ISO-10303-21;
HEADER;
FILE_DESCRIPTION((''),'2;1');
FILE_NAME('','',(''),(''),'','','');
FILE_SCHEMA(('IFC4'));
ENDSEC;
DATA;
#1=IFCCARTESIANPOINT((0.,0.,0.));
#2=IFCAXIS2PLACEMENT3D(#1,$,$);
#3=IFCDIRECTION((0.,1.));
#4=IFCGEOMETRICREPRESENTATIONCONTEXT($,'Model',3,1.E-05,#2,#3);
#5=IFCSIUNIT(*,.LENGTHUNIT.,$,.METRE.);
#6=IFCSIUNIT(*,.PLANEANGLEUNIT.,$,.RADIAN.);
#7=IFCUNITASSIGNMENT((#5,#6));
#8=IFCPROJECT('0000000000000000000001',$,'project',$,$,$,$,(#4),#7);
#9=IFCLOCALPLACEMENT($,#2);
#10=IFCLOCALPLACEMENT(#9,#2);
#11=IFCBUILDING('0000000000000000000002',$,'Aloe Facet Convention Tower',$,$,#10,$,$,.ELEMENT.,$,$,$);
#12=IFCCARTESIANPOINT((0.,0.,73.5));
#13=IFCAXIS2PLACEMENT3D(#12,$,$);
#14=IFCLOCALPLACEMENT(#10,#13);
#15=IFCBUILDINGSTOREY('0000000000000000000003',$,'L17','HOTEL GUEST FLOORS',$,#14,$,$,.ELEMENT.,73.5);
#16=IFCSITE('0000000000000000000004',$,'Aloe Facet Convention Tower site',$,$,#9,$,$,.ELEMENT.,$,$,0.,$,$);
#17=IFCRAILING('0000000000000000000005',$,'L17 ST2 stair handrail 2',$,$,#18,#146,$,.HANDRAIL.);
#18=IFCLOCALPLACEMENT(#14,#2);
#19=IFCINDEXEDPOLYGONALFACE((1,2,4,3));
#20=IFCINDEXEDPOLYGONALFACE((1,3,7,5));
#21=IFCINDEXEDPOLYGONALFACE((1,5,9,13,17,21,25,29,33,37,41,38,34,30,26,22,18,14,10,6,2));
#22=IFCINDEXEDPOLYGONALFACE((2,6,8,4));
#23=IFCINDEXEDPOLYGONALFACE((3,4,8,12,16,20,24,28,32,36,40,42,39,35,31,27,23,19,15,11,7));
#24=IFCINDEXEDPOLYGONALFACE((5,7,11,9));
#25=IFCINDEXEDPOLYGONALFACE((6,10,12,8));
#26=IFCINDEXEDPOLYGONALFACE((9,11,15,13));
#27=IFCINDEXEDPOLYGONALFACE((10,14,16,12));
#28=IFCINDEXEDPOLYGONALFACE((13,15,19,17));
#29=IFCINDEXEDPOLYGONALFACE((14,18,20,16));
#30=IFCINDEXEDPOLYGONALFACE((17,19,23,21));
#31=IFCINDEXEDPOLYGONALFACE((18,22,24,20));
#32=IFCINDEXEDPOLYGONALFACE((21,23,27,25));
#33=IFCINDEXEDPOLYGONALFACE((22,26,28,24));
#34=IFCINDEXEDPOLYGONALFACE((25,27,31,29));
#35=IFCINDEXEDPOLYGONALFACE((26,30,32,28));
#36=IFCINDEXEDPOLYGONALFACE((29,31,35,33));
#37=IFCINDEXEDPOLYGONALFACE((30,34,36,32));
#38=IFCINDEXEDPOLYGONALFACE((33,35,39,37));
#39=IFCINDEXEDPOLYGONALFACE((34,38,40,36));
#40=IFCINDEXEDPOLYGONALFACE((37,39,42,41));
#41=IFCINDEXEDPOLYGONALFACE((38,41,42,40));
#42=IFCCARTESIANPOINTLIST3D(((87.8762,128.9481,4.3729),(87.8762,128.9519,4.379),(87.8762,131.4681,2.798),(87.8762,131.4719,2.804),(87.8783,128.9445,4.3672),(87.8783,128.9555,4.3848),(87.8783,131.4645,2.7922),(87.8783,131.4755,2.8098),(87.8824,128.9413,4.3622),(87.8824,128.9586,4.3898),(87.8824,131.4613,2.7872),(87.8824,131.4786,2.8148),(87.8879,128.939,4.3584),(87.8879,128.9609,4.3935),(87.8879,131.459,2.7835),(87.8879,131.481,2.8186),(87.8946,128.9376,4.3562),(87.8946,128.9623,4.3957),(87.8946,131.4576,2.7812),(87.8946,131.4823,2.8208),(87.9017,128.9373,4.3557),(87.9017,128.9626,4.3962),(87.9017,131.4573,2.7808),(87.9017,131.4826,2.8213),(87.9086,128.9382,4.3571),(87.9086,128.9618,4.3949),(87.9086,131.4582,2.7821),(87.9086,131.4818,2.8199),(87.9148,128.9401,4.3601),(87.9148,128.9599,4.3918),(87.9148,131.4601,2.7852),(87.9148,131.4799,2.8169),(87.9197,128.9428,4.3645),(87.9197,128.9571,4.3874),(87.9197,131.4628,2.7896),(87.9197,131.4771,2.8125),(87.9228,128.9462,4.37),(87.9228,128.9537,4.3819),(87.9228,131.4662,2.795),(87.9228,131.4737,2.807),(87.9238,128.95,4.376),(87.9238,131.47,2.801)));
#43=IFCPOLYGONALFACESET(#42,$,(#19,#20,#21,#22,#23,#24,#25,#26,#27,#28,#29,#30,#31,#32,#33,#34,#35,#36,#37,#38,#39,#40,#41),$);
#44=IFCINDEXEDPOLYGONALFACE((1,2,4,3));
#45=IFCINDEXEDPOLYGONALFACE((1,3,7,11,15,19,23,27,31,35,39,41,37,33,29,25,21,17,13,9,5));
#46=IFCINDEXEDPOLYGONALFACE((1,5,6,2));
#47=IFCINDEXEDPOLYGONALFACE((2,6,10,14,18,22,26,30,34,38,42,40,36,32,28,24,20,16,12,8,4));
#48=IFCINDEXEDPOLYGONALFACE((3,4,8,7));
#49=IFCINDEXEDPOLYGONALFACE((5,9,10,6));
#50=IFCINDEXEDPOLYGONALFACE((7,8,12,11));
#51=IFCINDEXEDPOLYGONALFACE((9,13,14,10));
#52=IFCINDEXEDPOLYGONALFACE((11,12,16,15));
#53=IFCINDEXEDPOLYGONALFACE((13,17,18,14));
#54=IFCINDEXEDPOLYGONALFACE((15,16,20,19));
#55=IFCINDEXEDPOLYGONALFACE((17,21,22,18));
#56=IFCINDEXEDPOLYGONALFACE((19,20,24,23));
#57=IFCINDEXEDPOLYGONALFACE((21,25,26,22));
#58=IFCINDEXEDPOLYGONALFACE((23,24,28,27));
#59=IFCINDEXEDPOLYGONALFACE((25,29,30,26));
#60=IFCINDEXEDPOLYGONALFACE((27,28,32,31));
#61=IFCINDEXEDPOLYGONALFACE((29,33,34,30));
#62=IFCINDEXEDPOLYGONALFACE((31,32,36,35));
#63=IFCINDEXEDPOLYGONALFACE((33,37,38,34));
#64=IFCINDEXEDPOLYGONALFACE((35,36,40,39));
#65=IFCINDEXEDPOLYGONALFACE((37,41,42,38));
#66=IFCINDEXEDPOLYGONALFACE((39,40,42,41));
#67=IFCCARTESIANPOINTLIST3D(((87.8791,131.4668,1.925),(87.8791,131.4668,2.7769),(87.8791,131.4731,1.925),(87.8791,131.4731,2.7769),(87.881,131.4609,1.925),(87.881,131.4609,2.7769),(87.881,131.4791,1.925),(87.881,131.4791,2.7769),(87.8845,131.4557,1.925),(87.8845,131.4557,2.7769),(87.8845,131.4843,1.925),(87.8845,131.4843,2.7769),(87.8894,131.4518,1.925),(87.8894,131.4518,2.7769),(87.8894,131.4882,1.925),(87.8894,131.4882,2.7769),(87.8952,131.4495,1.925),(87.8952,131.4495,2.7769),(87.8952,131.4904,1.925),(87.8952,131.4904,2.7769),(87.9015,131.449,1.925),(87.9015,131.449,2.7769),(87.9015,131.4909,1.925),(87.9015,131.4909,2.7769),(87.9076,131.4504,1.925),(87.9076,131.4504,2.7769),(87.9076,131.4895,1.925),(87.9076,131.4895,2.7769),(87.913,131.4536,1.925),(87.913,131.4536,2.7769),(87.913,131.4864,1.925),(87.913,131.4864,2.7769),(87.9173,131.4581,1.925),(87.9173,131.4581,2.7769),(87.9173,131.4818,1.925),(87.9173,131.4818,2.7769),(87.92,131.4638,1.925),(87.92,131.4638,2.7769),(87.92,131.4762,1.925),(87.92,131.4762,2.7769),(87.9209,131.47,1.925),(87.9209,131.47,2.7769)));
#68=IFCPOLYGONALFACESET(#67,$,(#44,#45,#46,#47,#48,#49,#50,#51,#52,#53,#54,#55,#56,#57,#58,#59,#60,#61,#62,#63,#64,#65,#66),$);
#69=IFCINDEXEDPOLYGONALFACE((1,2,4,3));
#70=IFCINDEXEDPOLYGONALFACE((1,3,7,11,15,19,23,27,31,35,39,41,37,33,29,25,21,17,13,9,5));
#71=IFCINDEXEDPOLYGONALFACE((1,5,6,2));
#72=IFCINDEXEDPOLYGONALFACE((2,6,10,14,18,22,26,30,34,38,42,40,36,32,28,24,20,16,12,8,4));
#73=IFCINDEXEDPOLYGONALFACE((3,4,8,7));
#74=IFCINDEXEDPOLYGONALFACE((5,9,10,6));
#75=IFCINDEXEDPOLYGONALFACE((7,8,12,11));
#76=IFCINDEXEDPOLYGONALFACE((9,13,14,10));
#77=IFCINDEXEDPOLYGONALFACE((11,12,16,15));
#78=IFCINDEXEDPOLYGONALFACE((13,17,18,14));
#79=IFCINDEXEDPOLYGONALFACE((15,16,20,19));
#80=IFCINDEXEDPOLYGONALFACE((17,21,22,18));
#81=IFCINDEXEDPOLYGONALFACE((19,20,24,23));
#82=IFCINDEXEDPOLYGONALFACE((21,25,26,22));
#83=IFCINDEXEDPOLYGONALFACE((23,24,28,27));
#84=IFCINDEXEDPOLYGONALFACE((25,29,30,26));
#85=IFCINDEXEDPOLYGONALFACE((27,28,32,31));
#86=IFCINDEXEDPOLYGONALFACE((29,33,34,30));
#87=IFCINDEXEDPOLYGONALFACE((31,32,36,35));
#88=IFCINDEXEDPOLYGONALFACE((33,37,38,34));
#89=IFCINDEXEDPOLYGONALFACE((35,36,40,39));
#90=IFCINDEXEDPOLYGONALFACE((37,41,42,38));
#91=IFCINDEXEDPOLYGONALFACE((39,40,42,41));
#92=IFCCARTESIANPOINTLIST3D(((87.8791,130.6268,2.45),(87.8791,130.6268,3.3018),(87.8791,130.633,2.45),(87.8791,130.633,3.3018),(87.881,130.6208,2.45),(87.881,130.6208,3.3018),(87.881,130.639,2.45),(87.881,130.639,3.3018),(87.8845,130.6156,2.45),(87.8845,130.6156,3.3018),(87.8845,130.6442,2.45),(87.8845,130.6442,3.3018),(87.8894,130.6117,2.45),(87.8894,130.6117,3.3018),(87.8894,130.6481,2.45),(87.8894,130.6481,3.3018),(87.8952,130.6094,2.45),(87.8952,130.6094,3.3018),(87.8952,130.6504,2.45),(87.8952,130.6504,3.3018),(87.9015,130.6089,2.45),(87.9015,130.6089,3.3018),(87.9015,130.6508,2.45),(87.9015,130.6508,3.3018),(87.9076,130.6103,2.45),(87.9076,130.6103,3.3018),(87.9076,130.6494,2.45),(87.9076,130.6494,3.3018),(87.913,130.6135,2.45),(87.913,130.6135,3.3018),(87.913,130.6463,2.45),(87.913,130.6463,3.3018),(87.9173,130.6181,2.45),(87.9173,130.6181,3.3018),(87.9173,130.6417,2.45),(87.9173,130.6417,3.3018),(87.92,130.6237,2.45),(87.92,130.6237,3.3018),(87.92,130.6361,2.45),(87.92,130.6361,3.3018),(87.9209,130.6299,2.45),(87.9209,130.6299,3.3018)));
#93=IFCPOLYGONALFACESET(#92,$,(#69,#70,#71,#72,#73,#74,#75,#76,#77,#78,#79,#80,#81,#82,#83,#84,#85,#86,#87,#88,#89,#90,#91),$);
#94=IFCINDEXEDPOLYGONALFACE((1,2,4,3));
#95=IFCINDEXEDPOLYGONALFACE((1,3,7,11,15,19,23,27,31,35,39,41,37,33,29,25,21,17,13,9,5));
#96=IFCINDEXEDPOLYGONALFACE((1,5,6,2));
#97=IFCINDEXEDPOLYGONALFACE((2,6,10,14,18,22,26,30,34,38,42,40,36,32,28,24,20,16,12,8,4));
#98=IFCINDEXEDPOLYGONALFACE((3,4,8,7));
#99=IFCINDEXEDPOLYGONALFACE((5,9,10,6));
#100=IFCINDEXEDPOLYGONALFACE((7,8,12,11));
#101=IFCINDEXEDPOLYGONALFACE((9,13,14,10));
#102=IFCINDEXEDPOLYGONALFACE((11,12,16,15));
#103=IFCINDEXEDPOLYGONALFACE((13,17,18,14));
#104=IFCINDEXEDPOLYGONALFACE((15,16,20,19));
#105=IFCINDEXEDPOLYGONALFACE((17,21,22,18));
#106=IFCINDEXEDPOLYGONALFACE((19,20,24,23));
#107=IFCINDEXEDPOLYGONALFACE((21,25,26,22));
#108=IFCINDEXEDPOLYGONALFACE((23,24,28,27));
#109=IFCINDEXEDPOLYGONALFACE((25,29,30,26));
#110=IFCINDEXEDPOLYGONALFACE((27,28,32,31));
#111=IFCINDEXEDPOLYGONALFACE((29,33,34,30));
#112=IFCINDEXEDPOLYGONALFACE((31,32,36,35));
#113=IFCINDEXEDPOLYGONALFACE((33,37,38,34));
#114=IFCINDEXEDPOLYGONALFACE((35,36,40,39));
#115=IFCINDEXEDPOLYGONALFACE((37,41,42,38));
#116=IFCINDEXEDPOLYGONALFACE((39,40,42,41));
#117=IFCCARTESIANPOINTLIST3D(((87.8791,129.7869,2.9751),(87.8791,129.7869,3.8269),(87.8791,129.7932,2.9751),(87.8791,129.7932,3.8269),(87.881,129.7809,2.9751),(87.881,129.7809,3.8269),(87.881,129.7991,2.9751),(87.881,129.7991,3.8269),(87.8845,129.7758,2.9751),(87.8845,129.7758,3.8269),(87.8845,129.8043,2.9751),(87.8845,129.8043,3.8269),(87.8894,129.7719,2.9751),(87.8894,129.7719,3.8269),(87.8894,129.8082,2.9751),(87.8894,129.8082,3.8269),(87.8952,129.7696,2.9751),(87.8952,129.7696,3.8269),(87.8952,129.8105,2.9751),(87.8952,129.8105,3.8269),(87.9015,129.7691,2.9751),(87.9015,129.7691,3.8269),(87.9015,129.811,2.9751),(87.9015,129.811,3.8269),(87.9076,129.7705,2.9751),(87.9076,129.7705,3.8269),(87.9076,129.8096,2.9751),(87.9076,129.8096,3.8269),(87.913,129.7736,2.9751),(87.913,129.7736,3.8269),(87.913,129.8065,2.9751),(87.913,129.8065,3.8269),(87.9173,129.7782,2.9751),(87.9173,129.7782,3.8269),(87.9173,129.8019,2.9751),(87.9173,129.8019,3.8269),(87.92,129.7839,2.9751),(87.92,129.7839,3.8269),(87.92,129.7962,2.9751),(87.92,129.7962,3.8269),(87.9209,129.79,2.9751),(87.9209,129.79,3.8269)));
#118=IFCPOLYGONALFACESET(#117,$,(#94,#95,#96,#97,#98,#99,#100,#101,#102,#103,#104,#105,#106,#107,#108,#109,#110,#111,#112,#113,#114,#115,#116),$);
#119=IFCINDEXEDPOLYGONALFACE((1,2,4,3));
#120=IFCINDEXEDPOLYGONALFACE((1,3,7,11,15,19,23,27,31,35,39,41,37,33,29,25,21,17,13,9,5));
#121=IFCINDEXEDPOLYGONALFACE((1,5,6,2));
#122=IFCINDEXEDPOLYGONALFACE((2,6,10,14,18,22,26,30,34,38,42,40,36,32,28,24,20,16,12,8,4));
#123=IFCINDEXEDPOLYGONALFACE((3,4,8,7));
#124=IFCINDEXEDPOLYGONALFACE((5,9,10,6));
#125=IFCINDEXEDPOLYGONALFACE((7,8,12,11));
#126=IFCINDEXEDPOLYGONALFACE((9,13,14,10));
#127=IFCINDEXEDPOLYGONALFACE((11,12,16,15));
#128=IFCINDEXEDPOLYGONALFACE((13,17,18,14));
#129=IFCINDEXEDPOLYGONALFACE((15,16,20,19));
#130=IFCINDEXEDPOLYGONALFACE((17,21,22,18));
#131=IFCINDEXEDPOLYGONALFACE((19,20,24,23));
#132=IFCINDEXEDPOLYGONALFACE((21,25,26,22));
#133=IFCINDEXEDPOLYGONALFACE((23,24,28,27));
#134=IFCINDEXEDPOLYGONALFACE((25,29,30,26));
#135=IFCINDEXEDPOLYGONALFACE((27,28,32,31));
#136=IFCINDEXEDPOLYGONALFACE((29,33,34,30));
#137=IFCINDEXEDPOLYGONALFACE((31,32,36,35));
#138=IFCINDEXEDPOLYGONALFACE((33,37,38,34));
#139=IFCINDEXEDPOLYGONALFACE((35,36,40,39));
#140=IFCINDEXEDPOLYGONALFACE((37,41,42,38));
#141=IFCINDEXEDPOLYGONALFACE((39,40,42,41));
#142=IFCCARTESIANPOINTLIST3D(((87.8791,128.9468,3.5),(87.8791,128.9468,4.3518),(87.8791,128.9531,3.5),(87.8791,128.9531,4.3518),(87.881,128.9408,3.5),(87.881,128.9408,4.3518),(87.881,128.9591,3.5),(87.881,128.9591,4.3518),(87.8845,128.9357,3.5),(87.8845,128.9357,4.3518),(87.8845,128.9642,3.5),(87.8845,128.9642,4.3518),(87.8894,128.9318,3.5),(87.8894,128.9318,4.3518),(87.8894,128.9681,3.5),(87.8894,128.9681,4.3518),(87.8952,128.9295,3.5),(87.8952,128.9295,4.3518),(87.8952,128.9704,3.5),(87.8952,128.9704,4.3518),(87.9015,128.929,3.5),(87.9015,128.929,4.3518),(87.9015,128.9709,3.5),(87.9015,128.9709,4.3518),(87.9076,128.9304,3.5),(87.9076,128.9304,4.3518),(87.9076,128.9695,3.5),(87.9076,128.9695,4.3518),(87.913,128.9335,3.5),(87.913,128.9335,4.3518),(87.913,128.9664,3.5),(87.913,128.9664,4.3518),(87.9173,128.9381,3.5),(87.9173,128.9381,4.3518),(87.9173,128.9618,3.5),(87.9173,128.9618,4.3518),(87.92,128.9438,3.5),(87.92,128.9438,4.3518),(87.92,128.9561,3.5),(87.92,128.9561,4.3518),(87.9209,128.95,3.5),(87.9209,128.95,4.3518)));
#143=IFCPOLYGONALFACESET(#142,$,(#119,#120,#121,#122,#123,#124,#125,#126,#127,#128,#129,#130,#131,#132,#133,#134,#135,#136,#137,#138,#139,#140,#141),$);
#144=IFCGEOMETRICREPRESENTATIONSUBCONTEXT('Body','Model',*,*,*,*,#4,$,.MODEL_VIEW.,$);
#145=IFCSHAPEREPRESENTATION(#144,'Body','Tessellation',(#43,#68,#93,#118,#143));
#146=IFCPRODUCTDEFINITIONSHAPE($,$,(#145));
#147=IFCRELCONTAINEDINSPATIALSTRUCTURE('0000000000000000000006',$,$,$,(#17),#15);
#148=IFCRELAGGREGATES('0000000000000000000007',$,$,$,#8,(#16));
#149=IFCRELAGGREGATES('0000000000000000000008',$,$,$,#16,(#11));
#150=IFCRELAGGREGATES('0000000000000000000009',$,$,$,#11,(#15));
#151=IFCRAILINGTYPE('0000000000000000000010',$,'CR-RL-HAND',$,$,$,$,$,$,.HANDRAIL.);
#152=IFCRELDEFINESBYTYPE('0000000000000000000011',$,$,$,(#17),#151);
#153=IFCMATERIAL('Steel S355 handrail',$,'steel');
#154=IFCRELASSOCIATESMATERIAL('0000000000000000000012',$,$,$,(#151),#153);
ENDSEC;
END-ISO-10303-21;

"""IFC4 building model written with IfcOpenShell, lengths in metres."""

from ifc_helpers import new_model, si_unit, direction, frame, origin, origin_2d, place, context, subcontext, project, spatial, circle, extrude, material, type_object, element, save


model = new_model("IFC4")

# Units and contexts
model_context = context("Model", 3, precision=1e-05, world=origin(), true_north=direction((0.0, 1.0)))
body_context = subcontext(model_context, "Body", "Model", "MODEL_VIEW")
ifc_project = project(units=[si_unit("LENGTHUNIT", "METRE"), si_unit("PLANEANGLEUNIT", "RADIAN")], contexts=[model_context])

# Site, building, storey
site_placement = place(None, origin())
site = spatial("IfcSite", under=ifc_project, at=site_placement, Name="Aloe Facet Convention Tower site", CompositionType="ELEMENT", RefElevation=0.0)
building_placement = place(site_placement, origin())
building = spatial("IfcBuilding", under=site, at=building_placement, Name="Aloe Facet Convention Tower", CompositionType="ELEMENT")
storey_placement = place(building_placement, frame((0.0, 0.0, 73.5)))
storey = spatial("IfcBuildingStorey", under=building, at=storey_placement, Name="L17", Description="HOTEL GUEST FLOORS", CompositionType="ELEMENT", Elevation=73.5)

# Railing
ifc_material_1 = material(Name="Steel S355 handrail", Category="steel")
railing_type_1 = type_object("IfcRailingType", Name="CR-RL-HAND", PredefinedType="HANDRAIL", material=ifc_material_1)
railing_1_placement = place(storey_placement, frame((87.8999, 131.47, 1.925)))
element("IfcRailing", 1, at=railing_1_placement, inside=storey, type_object=railing_type_1, Name="L17 ST2 stair handrail 2", PredefinedType="HANDRAIL", context=body_context, shape_type="SweptSolid", body=[
    extrude(circle(Radius=0.0239, at=origin_2d()), frame((0.0, 0.0, 0.876), z_axis=(0.0, -0.848008, 0.529984), x_axis=(1.0, 0.0, 0.0)), (0.0, 0.0, 1.0), 2.9717),
    extrude(circle(Radius=0.021, at=origin_2d()), origin(), (0.0, 0.0, 1.0), 0.8518),
    extrude(circle(Radius=0.021, at=origin_2d()), frame((0.0, -0.8401, 0.5249)), (0.0, 0.0, 1.0), 0.8518),
    extrude(circle(Radius=0.021, at=origin_2d()), frame((0.0, -1.6799, 1.05)), (0.0, 0.0, 1.0), 0.8518),
    extrude(circle(Radius=0.021, at=origin_2d()), frame((0.0, -2.52, 1.575)), (0.0, 0.0, 1.0), 0.8518),
])

save(model, "model.ifc")
